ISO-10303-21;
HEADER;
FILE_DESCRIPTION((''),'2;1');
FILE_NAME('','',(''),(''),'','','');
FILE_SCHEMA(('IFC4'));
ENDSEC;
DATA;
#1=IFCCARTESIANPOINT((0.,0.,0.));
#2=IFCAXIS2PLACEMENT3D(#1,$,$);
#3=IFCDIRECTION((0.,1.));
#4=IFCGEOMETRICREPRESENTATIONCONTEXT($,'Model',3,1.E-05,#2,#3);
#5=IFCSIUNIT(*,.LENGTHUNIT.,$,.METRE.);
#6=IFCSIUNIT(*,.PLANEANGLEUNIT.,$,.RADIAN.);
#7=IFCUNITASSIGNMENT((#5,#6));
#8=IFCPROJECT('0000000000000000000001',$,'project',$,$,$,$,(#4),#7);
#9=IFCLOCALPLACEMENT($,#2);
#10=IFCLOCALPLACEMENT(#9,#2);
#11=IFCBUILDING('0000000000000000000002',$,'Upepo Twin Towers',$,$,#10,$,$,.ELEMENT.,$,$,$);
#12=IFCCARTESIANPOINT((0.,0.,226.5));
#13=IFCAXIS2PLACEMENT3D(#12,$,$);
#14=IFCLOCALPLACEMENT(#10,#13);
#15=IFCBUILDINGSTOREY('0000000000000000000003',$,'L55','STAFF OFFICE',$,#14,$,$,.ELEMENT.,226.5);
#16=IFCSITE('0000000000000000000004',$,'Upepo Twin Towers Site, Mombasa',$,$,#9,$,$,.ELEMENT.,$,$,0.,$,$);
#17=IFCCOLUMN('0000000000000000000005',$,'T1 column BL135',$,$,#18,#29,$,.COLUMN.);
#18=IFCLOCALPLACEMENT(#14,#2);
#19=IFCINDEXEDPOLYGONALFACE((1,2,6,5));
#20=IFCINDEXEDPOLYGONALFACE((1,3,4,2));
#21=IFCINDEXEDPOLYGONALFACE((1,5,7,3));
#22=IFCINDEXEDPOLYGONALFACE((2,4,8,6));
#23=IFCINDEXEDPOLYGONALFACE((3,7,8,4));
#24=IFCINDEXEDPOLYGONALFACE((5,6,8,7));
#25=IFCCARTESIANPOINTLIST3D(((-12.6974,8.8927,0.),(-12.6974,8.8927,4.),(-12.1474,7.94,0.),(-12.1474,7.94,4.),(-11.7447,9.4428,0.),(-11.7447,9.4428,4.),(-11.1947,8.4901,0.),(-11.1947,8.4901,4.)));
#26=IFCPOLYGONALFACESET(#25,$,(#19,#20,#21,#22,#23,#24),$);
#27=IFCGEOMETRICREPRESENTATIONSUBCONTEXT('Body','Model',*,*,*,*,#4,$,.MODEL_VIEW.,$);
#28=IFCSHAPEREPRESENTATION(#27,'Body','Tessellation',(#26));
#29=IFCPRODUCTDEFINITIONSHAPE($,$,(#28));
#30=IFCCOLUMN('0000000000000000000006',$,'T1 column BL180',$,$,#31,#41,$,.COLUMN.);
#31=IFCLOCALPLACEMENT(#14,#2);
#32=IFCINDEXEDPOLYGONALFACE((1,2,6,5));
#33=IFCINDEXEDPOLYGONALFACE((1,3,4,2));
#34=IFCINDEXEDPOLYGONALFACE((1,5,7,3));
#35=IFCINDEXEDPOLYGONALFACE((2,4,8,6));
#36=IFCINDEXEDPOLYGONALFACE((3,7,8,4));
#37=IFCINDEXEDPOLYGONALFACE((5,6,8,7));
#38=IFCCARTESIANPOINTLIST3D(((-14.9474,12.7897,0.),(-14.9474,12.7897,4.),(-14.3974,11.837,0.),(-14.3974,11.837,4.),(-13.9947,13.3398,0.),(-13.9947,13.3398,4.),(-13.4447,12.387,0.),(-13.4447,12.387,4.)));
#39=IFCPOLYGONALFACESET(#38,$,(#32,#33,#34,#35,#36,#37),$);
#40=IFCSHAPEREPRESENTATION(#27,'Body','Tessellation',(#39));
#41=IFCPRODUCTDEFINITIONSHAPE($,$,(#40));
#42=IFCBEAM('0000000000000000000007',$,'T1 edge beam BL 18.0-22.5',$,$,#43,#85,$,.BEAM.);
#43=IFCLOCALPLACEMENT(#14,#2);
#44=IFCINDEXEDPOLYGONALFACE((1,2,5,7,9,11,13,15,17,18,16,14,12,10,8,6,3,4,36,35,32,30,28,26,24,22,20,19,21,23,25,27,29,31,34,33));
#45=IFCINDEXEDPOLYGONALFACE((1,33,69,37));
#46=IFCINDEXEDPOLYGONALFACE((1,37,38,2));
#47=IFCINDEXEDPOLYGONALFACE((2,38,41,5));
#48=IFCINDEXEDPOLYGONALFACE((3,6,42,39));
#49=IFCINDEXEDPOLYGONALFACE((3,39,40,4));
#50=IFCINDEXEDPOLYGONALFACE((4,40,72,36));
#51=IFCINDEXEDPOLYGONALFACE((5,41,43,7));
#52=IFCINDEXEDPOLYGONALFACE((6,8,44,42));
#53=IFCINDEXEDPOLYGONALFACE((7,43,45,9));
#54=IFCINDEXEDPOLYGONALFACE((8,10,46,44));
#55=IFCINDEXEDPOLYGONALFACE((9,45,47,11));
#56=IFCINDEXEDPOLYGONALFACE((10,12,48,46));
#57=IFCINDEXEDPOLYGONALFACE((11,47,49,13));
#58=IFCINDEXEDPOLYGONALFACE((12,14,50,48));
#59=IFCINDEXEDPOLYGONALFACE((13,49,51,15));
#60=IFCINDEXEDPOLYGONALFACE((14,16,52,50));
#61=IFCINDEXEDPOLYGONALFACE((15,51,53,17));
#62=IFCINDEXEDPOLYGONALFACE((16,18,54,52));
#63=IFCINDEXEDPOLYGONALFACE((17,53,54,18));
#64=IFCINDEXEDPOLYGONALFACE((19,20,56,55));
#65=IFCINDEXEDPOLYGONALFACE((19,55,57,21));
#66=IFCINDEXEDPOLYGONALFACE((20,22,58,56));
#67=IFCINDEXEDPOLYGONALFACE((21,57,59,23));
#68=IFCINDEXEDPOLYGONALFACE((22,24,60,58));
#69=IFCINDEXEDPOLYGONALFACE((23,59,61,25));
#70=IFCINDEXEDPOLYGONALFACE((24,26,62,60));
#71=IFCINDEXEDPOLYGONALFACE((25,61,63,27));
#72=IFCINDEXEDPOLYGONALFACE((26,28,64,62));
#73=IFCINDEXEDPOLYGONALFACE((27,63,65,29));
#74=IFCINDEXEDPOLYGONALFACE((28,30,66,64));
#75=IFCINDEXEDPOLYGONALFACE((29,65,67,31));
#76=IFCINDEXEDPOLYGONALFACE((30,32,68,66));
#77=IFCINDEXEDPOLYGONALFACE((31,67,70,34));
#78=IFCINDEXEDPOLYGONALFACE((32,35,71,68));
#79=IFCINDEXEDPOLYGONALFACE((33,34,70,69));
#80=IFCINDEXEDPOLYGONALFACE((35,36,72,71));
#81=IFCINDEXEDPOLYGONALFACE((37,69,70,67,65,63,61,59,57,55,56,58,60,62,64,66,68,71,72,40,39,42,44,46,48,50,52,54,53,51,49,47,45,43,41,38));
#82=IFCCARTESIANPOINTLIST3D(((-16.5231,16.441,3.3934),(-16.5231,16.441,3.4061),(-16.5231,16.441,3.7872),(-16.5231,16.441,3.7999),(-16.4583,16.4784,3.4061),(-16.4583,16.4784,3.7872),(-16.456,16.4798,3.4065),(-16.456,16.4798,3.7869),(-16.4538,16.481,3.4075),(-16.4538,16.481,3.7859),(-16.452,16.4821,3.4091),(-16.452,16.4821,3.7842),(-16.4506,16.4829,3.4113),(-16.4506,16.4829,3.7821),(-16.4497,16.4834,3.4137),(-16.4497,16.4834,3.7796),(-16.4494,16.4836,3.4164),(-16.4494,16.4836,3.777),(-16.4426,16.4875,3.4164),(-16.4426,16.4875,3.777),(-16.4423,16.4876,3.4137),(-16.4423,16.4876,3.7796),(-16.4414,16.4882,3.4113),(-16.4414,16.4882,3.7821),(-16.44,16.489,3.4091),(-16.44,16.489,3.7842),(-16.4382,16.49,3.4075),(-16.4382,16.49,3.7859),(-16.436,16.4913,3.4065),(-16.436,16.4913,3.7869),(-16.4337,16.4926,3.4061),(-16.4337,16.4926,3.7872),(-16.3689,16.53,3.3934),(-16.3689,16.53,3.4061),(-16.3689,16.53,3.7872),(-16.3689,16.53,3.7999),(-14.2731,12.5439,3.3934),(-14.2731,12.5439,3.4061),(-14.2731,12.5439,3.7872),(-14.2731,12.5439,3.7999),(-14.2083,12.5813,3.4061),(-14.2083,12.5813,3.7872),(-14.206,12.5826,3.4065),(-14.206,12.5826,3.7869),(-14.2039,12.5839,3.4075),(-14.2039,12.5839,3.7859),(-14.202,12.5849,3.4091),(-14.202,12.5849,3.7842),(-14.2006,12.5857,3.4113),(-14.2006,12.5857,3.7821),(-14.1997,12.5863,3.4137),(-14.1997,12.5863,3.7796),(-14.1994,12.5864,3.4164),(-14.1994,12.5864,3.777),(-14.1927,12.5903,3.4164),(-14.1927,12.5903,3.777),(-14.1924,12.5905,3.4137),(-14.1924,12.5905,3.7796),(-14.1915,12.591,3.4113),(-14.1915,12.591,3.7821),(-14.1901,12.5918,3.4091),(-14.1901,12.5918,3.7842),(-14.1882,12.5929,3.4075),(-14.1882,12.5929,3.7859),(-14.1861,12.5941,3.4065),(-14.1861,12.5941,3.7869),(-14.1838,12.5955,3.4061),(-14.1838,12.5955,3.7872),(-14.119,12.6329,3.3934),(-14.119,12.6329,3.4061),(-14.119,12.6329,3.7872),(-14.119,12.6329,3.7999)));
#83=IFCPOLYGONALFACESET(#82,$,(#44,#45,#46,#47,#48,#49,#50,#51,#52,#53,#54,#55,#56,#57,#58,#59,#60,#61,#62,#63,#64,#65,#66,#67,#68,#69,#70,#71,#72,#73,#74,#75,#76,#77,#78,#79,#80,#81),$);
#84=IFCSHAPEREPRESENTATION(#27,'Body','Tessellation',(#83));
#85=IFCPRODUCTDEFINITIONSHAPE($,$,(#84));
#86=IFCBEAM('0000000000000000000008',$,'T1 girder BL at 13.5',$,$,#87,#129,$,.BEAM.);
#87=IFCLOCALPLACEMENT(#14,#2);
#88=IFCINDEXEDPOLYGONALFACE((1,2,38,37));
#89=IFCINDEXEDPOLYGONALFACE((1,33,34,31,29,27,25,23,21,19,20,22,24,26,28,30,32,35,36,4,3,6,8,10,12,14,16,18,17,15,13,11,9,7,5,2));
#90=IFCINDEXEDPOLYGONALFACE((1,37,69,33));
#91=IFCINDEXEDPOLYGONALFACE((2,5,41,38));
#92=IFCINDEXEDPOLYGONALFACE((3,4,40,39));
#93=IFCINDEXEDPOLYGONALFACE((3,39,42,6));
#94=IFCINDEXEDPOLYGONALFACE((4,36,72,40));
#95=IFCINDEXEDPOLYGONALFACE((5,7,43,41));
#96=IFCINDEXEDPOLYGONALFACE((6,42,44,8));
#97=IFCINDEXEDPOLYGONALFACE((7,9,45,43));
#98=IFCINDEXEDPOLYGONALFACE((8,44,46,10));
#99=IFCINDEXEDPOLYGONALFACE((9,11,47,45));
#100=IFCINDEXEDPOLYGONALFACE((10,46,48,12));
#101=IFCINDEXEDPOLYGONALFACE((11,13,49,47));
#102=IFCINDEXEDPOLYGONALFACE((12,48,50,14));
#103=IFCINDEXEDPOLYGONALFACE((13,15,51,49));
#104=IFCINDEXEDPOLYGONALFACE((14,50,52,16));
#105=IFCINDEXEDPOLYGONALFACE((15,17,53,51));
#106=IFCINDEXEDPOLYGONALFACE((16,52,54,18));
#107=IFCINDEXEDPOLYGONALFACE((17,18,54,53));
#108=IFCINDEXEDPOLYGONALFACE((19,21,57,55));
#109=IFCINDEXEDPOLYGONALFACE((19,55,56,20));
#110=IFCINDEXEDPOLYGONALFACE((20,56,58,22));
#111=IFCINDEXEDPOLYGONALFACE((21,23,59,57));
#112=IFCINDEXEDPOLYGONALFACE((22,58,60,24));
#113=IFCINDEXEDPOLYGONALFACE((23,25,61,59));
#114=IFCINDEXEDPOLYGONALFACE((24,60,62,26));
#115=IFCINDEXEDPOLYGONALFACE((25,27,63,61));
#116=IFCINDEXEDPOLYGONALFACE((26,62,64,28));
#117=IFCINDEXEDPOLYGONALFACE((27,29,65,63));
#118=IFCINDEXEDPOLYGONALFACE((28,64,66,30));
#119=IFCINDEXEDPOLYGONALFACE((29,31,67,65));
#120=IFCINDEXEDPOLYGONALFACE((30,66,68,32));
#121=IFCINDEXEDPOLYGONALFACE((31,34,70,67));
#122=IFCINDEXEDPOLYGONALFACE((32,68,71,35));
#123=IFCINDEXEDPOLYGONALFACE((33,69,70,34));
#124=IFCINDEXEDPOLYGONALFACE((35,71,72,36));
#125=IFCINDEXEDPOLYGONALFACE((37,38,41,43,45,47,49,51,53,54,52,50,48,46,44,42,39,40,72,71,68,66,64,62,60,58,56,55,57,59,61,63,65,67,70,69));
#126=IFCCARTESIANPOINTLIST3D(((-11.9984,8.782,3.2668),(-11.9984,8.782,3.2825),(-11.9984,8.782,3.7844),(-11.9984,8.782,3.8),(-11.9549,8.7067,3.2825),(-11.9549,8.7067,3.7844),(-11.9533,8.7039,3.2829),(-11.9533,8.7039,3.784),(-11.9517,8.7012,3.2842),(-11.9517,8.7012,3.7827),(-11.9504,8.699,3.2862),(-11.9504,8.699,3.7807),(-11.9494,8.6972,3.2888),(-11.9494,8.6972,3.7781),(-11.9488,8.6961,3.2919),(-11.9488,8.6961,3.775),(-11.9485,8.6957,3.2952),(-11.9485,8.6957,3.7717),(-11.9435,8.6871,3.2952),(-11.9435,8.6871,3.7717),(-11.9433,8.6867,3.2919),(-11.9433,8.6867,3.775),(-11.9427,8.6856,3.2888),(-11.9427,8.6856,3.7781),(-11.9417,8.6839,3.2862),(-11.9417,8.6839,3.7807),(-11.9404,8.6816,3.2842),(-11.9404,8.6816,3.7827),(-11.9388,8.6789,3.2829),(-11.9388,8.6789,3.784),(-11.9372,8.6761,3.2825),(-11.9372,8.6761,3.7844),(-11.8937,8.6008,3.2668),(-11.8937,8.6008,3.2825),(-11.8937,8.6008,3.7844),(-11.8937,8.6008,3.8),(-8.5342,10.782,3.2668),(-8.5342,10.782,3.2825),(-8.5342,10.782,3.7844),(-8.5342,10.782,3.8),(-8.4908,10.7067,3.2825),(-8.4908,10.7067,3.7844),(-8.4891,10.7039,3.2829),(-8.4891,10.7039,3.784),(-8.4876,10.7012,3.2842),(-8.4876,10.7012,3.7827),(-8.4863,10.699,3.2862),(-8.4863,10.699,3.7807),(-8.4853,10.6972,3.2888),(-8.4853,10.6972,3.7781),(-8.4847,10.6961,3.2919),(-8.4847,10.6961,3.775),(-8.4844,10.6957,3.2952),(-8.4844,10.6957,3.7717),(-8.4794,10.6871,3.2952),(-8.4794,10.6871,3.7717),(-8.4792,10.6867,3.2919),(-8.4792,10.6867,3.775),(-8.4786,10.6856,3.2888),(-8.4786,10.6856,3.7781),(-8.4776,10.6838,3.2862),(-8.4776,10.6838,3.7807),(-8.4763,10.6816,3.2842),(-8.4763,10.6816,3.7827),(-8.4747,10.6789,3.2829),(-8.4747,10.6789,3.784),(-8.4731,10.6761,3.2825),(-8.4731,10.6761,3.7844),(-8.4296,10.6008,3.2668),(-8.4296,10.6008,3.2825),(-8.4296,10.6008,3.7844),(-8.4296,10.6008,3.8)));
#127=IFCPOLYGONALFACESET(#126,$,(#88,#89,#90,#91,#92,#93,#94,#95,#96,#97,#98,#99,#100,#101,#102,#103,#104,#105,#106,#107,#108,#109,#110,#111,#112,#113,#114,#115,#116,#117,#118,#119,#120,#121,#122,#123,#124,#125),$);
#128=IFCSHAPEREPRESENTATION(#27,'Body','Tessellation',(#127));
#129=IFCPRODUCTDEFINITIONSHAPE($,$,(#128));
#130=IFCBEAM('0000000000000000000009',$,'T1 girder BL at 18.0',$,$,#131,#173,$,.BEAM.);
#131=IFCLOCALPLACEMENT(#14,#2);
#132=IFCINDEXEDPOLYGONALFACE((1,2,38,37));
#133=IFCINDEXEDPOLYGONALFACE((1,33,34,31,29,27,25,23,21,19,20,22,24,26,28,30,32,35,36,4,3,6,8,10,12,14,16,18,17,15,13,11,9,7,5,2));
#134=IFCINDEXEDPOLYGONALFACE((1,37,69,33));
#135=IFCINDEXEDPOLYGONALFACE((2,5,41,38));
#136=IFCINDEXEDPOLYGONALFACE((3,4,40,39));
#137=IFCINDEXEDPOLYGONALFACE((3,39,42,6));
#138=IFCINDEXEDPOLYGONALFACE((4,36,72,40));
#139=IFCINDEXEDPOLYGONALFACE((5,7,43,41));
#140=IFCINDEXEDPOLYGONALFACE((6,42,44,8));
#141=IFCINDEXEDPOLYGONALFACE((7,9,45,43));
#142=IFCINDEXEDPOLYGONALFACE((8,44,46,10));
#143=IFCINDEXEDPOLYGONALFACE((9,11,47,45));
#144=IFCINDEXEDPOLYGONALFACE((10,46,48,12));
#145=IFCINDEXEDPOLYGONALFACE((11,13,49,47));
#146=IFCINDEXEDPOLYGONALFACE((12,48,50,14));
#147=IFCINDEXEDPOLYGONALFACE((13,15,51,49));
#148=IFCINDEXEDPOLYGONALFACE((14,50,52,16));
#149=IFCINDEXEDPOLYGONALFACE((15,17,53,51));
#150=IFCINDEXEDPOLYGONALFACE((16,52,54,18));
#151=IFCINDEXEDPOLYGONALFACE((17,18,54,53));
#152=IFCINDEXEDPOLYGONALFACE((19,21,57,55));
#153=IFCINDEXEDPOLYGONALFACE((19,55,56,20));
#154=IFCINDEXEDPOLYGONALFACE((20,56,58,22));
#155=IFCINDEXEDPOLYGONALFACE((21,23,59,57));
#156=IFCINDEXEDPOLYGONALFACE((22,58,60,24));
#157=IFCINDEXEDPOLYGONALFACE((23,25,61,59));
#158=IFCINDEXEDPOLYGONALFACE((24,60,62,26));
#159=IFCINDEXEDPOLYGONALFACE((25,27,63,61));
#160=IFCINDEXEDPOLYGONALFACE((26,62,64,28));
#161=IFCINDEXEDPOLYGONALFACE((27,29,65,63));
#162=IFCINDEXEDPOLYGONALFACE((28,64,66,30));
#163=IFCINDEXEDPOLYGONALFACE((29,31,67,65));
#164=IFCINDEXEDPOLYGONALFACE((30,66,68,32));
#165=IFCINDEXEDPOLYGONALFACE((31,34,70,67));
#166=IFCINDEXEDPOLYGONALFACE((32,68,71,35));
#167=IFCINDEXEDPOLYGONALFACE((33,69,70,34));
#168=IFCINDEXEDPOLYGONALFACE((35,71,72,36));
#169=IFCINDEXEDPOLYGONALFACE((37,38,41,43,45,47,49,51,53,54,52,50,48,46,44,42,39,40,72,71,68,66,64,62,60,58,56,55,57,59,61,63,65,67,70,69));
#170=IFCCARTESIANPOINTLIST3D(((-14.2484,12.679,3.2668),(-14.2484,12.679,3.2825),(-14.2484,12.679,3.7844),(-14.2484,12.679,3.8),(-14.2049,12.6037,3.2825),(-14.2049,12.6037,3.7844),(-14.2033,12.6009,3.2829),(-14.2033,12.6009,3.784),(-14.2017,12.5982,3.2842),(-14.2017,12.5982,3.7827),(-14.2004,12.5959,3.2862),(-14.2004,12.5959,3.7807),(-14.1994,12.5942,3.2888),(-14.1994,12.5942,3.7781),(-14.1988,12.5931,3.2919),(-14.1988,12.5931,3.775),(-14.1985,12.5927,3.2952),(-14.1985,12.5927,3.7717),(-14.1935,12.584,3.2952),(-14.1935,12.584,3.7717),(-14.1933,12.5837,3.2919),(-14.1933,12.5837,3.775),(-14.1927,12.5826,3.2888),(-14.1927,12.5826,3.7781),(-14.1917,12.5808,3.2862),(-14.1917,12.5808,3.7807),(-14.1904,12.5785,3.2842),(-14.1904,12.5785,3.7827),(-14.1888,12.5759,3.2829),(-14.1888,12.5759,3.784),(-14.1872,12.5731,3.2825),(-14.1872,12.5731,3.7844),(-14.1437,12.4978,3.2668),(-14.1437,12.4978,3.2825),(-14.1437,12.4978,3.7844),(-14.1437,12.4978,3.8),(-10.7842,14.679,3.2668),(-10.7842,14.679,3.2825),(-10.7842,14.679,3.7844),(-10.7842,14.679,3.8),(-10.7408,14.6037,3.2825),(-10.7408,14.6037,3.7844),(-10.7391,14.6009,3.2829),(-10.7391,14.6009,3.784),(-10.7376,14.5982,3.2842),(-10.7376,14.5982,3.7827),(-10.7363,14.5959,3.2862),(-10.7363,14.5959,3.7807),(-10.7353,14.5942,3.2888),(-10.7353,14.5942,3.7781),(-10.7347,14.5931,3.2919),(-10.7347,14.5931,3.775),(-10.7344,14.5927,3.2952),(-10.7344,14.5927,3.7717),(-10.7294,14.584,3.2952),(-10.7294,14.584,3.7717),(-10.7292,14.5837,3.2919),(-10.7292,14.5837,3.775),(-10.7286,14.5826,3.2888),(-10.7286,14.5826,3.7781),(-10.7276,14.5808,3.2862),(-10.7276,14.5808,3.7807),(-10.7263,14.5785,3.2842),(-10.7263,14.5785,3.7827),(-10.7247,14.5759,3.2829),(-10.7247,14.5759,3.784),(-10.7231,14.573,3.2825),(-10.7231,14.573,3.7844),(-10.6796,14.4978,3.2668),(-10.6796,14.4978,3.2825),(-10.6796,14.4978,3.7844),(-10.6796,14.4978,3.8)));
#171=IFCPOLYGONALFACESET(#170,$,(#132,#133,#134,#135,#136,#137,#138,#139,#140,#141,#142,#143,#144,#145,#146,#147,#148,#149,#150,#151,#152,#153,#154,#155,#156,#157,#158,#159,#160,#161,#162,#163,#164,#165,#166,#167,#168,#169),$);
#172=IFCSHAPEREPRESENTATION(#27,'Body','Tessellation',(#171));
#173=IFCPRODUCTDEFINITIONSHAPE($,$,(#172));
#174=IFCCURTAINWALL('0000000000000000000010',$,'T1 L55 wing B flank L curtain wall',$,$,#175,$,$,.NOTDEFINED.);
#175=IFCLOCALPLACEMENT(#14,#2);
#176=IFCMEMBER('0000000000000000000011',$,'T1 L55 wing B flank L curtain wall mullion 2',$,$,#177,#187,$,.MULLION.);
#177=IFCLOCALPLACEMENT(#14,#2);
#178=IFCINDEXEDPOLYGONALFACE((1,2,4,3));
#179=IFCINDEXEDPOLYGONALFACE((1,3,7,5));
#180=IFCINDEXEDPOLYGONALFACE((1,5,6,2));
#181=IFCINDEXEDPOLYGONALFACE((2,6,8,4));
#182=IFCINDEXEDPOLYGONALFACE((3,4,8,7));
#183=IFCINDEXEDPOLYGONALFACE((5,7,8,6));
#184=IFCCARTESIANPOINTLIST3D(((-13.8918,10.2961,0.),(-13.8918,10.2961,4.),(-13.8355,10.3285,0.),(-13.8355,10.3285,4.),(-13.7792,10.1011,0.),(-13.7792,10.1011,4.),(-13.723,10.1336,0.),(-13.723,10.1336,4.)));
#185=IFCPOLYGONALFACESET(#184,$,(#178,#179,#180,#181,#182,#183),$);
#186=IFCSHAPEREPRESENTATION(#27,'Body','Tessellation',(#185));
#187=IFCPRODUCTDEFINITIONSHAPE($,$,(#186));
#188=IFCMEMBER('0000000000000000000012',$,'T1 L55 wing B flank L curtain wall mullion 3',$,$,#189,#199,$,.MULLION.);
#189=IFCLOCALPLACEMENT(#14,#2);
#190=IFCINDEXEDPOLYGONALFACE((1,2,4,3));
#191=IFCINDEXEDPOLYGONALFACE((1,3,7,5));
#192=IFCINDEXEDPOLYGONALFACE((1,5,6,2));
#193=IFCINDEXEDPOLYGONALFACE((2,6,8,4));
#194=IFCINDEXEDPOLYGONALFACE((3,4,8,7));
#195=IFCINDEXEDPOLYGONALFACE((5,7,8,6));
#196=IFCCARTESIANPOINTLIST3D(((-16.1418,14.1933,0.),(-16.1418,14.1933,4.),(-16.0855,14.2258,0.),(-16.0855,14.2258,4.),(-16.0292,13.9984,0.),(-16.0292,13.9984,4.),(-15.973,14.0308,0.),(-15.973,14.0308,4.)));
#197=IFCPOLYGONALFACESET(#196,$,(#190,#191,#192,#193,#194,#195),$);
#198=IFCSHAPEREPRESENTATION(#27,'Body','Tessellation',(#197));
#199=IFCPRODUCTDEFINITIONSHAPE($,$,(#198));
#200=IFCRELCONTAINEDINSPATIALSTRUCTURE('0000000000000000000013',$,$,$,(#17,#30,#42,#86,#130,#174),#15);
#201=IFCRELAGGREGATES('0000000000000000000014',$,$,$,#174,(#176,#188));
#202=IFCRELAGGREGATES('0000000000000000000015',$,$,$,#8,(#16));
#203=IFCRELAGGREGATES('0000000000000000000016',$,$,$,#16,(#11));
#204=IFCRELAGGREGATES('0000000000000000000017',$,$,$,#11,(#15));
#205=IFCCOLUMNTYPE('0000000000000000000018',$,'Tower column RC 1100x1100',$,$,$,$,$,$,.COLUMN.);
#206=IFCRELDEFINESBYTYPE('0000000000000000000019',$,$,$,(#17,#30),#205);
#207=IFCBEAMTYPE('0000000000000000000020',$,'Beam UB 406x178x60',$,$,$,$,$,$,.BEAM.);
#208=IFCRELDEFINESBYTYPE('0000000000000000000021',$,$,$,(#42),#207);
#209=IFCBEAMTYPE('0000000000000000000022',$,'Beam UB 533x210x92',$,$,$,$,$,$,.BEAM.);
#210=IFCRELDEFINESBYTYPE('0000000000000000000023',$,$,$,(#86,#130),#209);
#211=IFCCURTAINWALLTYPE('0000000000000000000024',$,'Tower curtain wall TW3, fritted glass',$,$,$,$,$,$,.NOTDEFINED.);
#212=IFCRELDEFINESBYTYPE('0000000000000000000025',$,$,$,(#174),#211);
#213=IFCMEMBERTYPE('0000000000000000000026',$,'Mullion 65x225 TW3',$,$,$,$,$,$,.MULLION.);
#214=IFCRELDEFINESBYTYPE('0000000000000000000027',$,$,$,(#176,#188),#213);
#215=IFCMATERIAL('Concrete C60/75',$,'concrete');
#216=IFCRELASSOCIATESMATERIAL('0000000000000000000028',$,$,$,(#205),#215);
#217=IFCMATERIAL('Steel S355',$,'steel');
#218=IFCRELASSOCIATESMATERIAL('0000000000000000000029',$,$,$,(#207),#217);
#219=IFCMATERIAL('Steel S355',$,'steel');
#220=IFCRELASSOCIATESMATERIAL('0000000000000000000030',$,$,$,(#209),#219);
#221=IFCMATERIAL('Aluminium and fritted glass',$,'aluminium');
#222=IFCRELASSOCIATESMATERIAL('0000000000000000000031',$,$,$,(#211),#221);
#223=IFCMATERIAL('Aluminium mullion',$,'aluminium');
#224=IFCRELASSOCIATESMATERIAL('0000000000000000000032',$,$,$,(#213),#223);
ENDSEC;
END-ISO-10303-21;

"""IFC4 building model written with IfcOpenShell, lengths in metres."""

from ifc_helpers import new_model, si_unit, direction, frame, origin, origin_2d, place, context, subcontext, project, spatial, rectangle, i_section, extrude, material, material_profile, profile_set, type_object, element, aggregate, save


model = new_model("IFC4")

# Units and contexts
model_context = context("Model", 3, precision=1e-05, world=origin(), true_north=direction((0.0, 1.0)))
body_context = subcontext(model_context, "Body", "Model", "MODEL_VIEW")
ifc_project = project(units=[si_unit("LENGTHUNIT", "METRE"), si_unit("PLANEANGLEUNIT", "RADIAN")], contexts=[model_context])

# Site, building, storey
site_placement = place(None, origin())
site = spatial("IfcSite", under=ifc_project, at=site_placement, Name="Upepo Twin Towers Site, Mombasa", CompositionType="ELEMENT", RefElevation=0.0)
building_placement = place(site_placement, origin())
building = spatial("IfcBuilding", under=site, at=building_placement, Name="Upepo Twin Towers", CompositionType="ELEMENT")
storey_placement = place(building_placement, frame((0.0, 0.0, 226.5)))
storey = spatial("IfcBuildingStorey", under=building, at=storey_placement, Name="L55", Description="STAFF OFFICE", CompositionType="ELEMENT", Elevation=226.5)

# Columns
ifc_material_1 = material(Name="Concrete C60/75", Category="concrete")
ifc_material_profile_1 = material_profile(ifc_material_1, rectangle(XDim=1.1001, YDim=1.1001, at=origin_2d()), Name="RC 1100x1100")
ifc_profile_set_1 = profile_set([ifc_material_profile_1], Name="Concrete C60/75")
column_type = type_object("IfcColumnType", Name="Tower column RC 1100x1100", PredefinedType="COLUMN", material=ifc_profile_set_1)
for number, where, z_axis, x_axis, name in (
    (1, (-11.946, 8.6914, 0.0), (0.0, 0.0, 1.0), (0.866025, 0.5, 0.0), "T1 column BL135"),
    (2, (-14.196, 12.5884, 0.0), (0.0, 0.0, 1.0), (0.866025, 0.5, 0.0), "T1 column BL180"),
):
    element("IfcColumn", number, at=place(storey_placement, frame(where, z_axis=z_axis, x_axis=x_axis)), inside=storey, type_object=column_type, Name=name, PredefinedType="COLUMN", context=body_context, shape_type="SweptSolid", body=[
        extrude(rectangle(XDim=1.1001, YDim=1.1001, at=origin_2d()), origin(), (0.0, 0.0, 1.0), 4.0),
    ])

# Beams
ifc_material_2 = material(Name="Steel S355", Category="steel")
ifc_material_profile_2 = material_profile(ifc_material_2, i_section(OverallWidth=0.178, OverallDepth=0.4065, WebThickness=0.0078, FlangeThickness=0.0127, FilletRadius=0.0103, at=origin_2d()), Name="UB 406x178x60")
ifc_profile_set_2 = profile_set([ifc_material_profile_2], Name="Steel S355")
beam_type_1 = type_object("IfcBeamType", Name="Beam UB 406x178x60", PredefinedType="BEAM", material=ifc_profile_set_2)
beam_placement = place(storey_placement, frame((-14.196, 12.5884, 3.5967), z_axis=(-0.49999, 0.866031, 0.0), x_axis=(-0.866031, -0.49999, 0.0)))
element("IfcBeam", 3, at=beam_placement, inside=storey, type_object=beam_type_1, Name="T1 edge beam BL 18.0-22.5", PredefinedType="BEAM", context=body_context, shape_type="SweptSolid", body=[
    extrude(i_section(OverallWidth=0.178, OverallDepth=0.4065, WebThickness=0.0078, FlangeThickness=0.0127, FilletRadius=0.0103, at=origin_2d()), origin(), (0.0, 0.0, 1.0), 4.5),
])
ifc_material_3 = material(Name="Steel S355", Category="steel")
ifc_material_profile_3 = material_profile(ifc_material_3, i_section(OverallWidth=0.2092, OverallDepth=0.5332, WebThickness=0.01, FlangeThickness=0.0156, FilletRadius=0.0127, at=origin_2d()), Name="UB 533x210x92")
ifc_profile_set_3 = profile_set([ifc_material_profile_3], Name="Steel S355")
beam_type_2 = type_object("IfcBeamType", Name="Beam UB 533x210x92", PredefinedType="BEAM", material=ifc_profile_set_3)
for number, where, z_axis, x_axis, name in (
    (4, (-11.946, 8.6914, 3.5334), (0.866026, 0.499999, 0.0), (-0.499999, 0.866026, 0.0), "T1 girder BL at 13.5"),
    (5, (-14.196, 12.5884, 3.5334), (0.866026, 0.499999, 0.0), (-0.499999, 0.866026, 0.0), "T1 girder BL at 18.0"),
):
    element("IfcBeam", number, at=place(storey_placement, frame(where, z_axis=z_axis, x_axis=x_axis)), inside=storey, type_object=beam_type_2, Name=name, PredefinedType="BEAM", context=body_context, shape_type="SweptSolid", body=[
        extrude(i_section(OverallWidth=0.2092, OverallDepth=0.5332, WebThickness=0.01, FlangeThickness=0.0156, FilletRadius=0.0127, at=origin_2d()), origin(), (0.0, 0.0, 1.0), 4.0),
    ])

# Curtain wall, members
ifc_material_4 = material(Name="Aluminium and fritted glass", Category="aluminium")
curtain_wall_type = type_object("IfcCurtainWallType", Name="Tower curtain wall TW3, fritted glass", PredefinedType="NOTDEFINED", material=ifc_material_4)
curtain_wall_placement = place(storey_placement, origin())
curtain_wall = element("IfcCurtainWall", 6, at=curtain_wall_placement, inside=storey, type_object=curtain_wall_type, Name="T1 L55 wing B flank L curtain wall", PredefinedType="NOTDEFINED")
ifc_material_5 = material(Name="Aluminium mullion", Category="aluminium")
ifc_material_profile_4 = material_profile(ifc_material_5, rectangle(XDim=0.0649, YDim=0.2251, at=origin_2d()), Name="MULLION 65x225")
ifc_profile_set_4 = profile_set([ifc_material_profile_4], Name="Aluminium mullion")
member_type_1 = type_object("IfcMemberType", Name="Mullion 65x225 TW3", PredefinedType="MULLION", material=ifc_profile_set_4)
member_1_placement = place(storey_placement, frame((-13.8074, 10.2148, 0.0), z_axis=(0.0, 0.0, 1.0), x_axis=(-0.866025, -0.5, 0.0)))
member_1 = element("IfcMember", 7, at=member_1_placement, type_object=member_type_1, Name="T1 L55 wing B flank L curtain wall mullion 2", PredefinedType="MULLION", context=body_context, shape_type="SweptSolid", body=[
    extrude(rectangle(XDim=0.0649, YDim=0.2251, at=origin_2d()), origin(), (0.0, 0.0, 1.0), 4.0),
])
member_2_placement = place(storey_placement, frame((-16.0574, 14.1121, 0.0), z_axis=(0.0, 0.0, 1.0), x_axis=(-0.866025, -0.5, 0.0)))
member_2 = element("IfcMember", 8, at=member_2_placement, type_object=member_type_1, Name="T1 L55 wing B flank L curtain wall mullion 3", PredefinedType="MULLION", context=body_context, shape_type="SweptSolid", body=[
    extrude(rectangle(XDim=0.0649, YDim=0.2251, at=origin_2d()), origin(), (0.0, 0.0, 1.0), 4.0),
])
aggregate(curtain_wall, [member_1, member_2])

save(model, "model.ifc")
